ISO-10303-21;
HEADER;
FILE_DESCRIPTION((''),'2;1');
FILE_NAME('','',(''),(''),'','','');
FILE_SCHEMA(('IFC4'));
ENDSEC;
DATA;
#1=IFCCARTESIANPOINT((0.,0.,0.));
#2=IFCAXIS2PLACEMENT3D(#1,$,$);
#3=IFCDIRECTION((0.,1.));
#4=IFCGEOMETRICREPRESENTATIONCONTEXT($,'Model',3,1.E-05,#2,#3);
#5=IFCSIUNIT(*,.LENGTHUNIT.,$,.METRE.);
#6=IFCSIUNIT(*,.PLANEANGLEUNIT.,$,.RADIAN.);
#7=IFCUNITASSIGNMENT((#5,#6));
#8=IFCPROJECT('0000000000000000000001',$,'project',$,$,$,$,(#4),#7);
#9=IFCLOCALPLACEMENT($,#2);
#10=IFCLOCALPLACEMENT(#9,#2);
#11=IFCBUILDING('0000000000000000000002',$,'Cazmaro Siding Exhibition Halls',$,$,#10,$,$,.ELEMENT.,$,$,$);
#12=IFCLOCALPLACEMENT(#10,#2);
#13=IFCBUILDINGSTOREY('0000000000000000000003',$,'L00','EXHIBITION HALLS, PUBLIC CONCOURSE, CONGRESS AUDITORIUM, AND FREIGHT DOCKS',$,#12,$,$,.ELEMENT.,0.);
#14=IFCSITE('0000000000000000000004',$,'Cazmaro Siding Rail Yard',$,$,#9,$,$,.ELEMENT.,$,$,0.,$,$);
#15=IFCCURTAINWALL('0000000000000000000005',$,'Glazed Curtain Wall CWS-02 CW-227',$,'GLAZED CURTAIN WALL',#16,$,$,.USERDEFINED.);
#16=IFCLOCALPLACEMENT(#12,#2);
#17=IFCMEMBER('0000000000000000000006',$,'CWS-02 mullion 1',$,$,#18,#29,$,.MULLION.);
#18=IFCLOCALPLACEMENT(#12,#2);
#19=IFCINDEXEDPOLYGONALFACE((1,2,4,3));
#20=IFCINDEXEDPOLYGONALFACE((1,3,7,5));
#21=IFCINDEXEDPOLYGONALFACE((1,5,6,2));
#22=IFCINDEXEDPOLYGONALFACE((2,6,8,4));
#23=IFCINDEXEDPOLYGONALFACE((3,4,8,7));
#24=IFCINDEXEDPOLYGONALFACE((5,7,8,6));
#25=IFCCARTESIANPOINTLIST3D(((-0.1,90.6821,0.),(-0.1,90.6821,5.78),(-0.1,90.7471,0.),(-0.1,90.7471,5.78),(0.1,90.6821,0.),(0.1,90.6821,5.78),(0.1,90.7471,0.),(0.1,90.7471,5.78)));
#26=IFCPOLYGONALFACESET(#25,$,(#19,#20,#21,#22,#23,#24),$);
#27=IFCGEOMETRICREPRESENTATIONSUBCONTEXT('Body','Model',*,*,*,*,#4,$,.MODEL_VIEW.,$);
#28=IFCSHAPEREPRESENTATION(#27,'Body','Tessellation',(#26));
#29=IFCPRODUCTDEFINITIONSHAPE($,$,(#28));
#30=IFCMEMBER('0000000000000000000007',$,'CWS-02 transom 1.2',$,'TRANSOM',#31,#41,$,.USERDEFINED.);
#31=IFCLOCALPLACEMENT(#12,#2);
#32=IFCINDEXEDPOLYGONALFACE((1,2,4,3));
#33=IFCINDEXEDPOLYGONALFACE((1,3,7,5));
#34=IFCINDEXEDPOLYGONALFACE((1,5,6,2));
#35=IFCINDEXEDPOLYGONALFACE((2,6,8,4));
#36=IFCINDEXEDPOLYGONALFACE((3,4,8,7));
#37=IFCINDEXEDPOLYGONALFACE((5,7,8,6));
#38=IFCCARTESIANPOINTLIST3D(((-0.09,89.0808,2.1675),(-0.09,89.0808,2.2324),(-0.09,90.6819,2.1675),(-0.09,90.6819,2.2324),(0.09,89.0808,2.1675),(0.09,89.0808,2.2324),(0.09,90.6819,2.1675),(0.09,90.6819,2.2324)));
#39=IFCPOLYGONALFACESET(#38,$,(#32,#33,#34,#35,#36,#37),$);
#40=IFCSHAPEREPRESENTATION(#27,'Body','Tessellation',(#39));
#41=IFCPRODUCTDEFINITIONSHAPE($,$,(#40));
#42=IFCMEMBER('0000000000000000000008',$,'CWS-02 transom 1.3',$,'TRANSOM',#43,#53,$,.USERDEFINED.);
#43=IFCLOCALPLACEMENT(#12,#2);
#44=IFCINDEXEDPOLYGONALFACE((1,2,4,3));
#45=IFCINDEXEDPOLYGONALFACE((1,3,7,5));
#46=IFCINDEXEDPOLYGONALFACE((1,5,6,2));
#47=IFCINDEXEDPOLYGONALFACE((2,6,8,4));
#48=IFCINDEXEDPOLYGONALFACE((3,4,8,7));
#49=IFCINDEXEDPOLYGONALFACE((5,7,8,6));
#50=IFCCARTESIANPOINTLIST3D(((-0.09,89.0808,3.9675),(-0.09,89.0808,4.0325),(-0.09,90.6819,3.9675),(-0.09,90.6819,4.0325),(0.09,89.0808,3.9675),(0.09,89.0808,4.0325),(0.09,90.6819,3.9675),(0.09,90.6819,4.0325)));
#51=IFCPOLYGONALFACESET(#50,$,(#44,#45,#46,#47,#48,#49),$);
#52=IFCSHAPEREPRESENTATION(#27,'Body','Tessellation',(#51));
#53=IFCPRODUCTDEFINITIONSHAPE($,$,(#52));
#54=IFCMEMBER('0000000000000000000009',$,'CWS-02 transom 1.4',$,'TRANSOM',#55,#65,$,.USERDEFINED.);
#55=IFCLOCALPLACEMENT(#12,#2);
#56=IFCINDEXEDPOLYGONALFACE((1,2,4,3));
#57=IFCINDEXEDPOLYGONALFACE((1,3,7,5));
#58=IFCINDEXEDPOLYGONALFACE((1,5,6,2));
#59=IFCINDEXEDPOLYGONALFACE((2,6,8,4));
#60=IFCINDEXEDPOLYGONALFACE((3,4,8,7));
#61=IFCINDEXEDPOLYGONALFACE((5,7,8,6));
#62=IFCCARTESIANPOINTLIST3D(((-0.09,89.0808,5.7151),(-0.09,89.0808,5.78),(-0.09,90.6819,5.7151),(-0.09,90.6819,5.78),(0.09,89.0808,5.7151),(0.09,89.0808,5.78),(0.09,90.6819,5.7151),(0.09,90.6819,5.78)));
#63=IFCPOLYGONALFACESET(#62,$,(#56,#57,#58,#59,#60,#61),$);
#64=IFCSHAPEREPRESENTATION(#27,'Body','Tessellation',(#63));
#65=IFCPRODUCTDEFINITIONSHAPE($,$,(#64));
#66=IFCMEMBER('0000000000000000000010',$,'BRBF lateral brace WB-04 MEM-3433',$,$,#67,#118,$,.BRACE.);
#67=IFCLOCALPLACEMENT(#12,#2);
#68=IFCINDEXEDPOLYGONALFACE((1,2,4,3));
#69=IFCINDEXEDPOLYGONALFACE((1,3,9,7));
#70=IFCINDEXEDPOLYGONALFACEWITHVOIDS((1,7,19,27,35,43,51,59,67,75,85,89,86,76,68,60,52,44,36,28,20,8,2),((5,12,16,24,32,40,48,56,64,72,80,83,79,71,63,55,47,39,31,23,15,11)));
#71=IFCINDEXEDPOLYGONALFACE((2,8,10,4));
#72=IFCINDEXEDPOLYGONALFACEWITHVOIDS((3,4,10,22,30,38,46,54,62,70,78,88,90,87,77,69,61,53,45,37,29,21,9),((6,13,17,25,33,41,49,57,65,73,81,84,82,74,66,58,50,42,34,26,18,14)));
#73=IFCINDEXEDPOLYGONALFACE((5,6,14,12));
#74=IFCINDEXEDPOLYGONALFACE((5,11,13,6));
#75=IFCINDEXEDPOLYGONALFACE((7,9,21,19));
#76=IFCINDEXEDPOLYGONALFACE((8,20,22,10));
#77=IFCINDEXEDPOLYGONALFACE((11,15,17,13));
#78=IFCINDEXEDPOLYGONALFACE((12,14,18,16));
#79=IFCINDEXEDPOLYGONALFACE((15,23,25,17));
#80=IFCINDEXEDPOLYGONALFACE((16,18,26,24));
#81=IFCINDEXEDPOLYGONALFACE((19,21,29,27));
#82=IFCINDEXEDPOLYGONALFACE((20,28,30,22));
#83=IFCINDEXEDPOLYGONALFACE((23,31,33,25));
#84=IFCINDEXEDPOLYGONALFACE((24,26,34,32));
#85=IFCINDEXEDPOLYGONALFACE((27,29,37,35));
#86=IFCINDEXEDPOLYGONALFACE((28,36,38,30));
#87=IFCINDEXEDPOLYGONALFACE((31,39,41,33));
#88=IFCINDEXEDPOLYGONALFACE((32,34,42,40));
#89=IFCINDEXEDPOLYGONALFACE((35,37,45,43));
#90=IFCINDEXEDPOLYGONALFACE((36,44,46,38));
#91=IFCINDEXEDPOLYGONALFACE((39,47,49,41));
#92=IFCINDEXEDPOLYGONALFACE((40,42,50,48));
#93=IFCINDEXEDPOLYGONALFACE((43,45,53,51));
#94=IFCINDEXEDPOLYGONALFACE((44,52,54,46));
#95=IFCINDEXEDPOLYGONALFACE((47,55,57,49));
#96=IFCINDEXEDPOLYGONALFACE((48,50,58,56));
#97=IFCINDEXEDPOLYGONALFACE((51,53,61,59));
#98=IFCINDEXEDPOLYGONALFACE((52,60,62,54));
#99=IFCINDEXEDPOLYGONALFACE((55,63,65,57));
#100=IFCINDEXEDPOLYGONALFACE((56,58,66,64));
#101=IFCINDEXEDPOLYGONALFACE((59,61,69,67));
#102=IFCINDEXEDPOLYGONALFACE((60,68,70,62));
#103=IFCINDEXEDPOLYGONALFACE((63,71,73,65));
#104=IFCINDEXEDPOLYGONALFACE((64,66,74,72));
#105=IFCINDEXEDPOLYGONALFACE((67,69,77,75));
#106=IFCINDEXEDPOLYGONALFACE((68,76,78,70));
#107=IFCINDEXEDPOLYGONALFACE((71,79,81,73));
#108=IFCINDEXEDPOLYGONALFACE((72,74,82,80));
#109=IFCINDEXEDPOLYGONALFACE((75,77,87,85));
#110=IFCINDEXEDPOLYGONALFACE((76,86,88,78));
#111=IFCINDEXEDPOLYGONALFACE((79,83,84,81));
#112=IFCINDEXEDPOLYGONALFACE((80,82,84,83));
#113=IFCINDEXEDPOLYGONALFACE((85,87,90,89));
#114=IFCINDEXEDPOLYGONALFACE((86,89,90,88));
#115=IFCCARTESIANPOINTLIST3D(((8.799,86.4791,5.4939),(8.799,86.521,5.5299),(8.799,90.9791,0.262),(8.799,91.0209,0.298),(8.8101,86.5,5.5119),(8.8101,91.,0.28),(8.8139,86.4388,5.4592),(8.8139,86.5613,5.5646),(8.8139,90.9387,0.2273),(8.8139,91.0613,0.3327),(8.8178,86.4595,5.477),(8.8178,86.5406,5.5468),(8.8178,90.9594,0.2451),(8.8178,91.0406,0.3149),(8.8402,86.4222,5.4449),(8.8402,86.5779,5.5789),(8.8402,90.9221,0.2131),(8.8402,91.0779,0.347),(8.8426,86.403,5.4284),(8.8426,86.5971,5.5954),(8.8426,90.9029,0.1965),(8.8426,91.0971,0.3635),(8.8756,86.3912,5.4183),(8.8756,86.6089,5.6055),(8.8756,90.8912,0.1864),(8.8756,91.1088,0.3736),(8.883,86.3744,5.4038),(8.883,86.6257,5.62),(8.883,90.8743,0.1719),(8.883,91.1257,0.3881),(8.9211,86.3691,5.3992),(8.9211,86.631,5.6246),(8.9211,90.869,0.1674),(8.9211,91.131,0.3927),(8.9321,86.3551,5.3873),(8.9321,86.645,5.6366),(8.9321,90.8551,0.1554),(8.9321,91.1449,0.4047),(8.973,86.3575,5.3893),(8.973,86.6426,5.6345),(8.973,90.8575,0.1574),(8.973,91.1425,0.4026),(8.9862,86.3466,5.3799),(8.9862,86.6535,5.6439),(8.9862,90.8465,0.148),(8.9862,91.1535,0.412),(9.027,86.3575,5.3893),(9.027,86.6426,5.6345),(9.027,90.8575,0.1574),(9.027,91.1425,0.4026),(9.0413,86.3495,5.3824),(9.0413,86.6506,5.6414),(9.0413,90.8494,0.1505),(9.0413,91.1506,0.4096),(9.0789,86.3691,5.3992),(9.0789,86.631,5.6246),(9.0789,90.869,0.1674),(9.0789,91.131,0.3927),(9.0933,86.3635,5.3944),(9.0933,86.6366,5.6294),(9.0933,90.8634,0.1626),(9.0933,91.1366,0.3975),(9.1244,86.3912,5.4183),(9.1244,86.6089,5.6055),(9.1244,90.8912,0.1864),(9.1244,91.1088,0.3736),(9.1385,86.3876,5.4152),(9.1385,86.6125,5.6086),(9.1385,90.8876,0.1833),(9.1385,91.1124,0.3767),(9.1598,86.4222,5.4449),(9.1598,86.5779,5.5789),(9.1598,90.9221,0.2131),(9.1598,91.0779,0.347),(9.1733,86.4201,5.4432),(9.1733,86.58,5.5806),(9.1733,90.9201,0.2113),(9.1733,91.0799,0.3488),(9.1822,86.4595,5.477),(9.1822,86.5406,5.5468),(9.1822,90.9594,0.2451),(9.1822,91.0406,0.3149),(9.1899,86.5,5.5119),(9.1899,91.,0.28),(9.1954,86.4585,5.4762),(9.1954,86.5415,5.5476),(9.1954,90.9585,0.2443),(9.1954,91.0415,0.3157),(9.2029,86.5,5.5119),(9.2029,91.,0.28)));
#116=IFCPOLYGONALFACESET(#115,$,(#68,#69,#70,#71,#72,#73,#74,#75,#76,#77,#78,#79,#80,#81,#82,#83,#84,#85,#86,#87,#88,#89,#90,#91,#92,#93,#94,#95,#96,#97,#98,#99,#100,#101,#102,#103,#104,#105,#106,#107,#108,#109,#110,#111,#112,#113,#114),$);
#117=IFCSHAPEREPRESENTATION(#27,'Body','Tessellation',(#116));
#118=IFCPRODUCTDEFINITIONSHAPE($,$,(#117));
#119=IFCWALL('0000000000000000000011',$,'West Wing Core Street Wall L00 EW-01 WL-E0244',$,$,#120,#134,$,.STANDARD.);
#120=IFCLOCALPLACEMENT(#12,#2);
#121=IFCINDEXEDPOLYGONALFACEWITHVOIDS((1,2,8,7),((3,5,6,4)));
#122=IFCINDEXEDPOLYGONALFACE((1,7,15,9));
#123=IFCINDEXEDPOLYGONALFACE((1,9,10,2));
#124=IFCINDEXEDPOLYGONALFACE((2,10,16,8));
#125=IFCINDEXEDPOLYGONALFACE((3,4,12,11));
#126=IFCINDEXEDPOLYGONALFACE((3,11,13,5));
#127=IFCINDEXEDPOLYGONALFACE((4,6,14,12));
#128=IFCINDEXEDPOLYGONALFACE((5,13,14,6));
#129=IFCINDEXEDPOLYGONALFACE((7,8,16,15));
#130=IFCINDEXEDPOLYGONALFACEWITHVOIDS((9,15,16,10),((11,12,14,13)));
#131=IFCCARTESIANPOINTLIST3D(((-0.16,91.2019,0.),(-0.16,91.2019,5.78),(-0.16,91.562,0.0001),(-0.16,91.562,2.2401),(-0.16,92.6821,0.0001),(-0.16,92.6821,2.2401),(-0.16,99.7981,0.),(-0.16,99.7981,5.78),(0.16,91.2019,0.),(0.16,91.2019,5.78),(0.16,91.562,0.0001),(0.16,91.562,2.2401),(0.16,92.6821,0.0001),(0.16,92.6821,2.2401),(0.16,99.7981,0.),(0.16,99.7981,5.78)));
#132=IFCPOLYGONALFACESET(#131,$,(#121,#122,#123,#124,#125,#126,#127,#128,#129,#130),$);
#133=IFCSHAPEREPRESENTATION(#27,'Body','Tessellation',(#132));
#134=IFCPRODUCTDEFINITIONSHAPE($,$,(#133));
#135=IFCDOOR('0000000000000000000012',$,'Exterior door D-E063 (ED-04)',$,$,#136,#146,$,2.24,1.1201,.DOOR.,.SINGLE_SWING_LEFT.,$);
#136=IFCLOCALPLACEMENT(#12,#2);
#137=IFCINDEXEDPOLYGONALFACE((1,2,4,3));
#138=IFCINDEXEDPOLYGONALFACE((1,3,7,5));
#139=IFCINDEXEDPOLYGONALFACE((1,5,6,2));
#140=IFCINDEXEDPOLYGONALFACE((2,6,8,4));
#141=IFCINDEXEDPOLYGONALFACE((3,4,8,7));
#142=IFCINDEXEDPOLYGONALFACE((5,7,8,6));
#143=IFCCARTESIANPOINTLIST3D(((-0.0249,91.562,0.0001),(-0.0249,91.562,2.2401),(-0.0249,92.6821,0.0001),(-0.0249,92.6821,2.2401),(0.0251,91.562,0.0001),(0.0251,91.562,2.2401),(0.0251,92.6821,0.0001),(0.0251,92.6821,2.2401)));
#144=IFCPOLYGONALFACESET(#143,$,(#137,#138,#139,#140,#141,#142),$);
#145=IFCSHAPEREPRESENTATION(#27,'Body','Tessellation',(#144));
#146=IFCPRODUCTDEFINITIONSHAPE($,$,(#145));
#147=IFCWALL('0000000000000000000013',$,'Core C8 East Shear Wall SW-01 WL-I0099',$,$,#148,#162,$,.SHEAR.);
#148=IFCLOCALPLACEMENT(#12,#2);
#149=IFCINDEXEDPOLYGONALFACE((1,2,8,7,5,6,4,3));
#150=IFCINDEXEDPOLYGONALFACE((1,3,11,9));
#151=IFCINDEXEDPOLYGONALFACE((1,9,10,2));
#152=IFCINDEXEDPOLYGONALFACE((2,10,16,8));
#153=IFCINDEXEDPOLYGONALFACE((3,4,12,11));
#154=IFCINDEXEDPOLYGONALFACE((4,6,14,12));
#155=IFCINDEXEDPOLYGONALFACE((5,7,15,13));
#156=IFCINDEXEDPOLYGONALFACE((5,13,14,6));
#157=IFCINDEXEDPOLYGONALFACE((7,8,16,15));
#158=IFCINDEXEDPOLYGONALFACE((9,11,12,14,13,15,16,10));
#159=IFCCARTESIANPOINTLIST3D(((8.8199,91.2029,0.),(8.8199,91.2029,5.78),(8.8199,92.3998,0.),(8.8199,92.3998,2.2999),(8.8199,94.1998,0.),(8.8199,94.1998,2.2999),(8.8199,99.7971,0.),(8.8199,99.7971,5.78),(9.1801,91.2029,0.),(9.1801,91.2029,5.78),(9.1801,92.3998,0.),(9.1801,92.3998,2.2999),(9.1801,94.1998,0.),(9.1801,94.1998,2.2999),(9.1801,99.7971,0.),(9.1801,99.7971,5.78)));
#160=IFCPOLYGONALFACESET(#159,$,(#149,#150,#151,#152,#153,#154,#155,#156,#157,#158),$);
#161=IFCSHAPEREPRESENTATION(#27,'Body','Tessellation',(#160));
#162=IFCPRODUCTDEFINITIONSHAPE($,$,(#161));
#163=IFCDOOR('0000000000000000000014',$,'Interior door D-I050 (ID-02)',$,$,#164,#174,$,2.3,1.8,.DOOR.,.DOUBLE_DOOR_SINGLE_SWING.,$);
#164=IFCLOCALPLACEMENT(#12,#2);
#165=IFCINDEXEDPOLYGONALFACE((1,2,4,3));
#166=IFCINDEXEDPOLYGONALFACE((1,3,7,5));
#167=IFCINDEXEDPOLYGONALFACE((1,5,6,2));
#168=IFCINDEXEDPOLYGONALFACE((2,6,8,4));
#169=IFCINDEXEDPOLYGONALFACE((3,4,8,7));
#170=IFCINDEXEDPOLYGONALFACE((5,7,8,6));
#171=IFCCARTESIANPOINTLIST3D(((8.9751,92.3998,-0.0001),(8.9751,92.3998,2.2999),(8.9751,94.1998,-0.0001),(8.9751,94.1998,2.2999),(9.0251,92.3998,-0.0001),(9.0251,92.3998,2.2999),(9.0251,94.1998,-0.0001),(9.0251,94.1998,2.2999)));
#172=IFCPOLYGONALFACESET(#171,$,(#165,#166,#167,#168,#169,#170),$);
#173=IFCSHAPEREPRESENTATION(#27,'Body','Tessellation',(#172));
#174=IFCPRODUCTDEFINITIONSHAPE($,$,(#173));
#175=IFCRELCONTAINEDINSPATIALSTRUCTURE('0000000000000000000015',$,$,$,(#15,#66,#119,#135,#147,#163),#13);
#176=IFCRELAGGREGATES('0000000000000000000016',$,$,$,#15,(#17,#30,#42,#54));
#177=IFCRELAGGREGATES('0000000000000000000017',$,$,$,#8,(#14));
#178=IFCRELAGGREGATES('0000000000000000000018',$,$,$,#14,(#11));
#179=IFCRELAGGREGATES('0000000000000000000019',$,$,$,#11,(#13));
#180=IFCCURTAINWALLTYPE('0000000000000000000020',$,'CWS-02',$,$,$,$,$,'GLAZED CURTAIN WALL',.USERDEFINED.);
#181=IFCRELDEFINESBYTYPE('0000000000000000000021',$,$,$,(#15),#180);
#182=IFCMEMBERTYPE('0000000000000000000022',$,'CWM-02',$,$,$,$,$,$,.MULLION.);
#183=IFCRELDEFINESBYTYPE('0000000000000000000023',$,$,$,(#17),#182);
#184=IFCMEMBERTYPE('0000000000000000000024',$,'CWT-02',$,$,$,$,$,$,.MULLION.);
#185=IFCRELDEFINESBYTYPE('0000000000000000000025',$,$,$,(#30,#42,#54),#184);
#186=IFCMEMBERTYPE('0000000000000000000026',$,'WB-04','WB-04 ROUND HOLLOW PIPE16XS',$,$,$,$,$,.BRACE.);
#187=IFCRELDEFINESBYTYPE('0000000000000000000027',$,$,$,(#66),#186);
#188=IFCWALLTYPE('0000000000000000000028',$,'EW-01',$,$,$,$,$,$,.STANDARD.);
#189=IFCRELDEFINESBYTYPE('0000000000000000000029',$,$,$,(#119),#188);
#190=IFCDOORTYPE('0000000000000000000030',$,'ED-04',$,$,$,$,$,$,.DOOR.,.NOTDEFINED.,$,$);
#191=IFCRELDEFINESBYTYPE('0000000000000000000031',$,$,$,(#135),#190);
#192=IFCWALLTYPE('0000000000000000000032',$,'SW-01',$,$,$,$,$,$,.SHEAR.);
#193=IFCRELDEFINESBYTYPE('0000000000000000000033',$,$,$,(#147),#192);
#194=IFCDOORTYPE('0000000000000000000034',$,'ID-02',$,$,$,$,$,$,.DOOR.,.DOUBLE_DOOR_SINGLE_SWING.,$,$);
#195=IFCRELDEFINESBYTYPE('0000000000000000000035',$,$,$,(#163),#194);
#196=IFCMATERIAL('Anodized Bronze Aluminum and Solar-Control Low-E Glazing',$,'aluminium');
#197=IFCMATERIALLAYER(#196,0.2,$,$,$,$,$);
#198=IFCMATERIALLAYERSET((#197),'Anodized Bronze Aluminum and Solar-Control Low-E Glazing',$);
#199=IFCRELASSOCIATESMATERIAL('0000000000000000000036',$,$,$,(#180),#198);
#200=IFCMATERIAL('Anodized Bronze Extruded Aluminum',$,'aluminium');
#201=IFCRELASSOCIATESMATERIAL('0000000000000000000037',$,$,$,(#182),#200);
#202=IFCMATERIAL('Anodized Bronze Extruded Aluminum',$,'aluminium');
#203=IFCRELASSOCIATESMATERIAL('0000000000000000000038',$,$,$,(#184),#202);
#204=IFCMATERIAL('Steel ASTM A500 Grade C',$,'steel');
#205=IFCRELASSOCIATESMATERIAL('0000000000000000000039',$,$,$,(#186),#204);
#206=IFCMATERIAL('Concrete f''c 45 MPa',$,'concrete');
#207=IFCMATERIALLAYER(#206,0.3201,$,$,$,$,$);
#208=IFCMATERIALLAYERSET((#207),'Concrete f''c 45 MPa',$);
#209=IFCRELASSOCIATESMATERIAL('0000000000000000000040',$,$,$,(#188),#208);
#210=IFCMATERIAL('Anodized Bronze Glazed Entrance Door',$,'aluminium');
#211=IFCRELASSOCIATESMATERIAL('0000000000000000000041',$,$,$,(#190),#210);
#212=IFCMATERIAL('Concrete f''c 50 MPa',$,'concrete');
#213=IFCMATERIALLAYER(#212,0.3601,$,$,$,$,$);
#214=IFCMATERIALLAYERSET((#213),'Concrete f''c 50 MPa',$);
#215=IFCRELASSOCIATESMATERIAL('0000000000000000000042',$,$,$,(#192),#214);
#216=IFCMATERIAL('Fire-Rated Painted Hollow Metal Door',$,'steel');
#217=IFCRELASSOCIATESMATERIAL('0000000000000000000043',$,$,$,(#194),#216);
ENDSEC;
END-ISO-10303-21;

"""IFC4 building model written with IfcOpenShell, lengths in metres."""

from ifc_helpers import new_model, si_unit, direction, frame, frame_2d, origin, origin_2d, place, context, subcontext, project, spatial, rectangle, hollow_circle, extrude, material, layer, layer_set, material_profile, profile_set, type_object, element, fill, aggregate, save


model = new_model("IFC4")

# Units and contexts
model_context = context("Model", 3, precision=1e-05, world=origin(), true_north=direction((0.0, 1.0)))
body_context = subcontext(model_context, "Body", "Model", "MODEL_VIEW")
ifc_project = project(units=[si_unit("LENGTHUNIT", "METRE"), si_unit("PLANEANGLEUNIT", "RADIAN")], contexts=[model_context])

# Site, building, storey
site_placement = place(None, origin())
site = spatial("IfcSite", under=ifc_project, at=site_placement, Name="Cazmaro Siding Rail Yard", CompositionType="ELEMENT", RefElevation=0.0)
building_placement = place(site_placement, origin())
building = spatial("IfcBuilding", under=site, at=building_placement, Name="Cazmaro Siding Exhibition Halls", CompositionType="ELEMENT")
storey_placement = place(building_placement, origin())
storey = spatial("IfcBuildingStorey", under=building, at=storey_placement, Name="L00", Description="EXHIBITION HALLS, PUBLIC CONCOURSE, CONGRESS AUDITORIUM, AND FREIGHT DOCKS", CompositionType="ELEMENT", Elevation=0.0)

# Curtain wall, members
ifc_material_1 = material(Name="Anodized Bronze Aluminum and Solar-Control Low-E Glazing", Category="aluminium")
ifc_layer_1 = layer(ifc_material_1, 0.2)
ifc_layer_set_1 = layer_set([ifc_layer_1], Name="Anodized Bronze Aluminum and Solar-Control Low-E Glazing")
curtain_wall_type = type_object("IfcCurtainWallType", Name="CWS-02", ElementType="GLAZED CURTAIN WALL", PredefinedType="USERDEFINED", material=ifc_layer_set_1)
curtain_wall_placement = place(storey_placement, origin())
curtain_wall = element("IfcCurtainWall", 1, at=curtain_wall_placement, inside=storey, type_object=curtain_wall_type, Name="Glazed Curtain Wall CWS-02 CW-227", ObjectType="GLAZED CURTAIN WALL", PredefinedType="USERDEFINED")
ifc_material_2 = material(Name="Anodized Bronze Extruded Aluminum", Category="aluminium")
ifc_material_profile_1 = material_profile(ifc_material_2, rectangle(XDim=0.2, YDim=0.0649, at=origin_2d()), Name="CWM-02")
ifc_profile_set_1 = profile_set([ifc_material_profile_1], Name="Anodized Bronze Extruded Aluminum")
member_type_1 = type_object("IfcMemberType", Name="CWM-02", PredefinedType="MULLION", material=ifc_profile_set_1)
member_1_placement = place(storey_placement, frame((0.0, 90.7146, 0.0), z_axis=(0.0, 0.0, 1.0), x_axis=(1.0, 0.0, 0.0)))
member_1 = element("IfcMember", 2, at=member_1_placement, type_object=member_type_1, Name="CWS-02 mullion 1", PredefinedType="MULLION", context=body_context, shape_type="SweptSolid", body=[
    extrude(rectangle(XDim=0.2, YDim=0.0649, at=origin_2d()), origin(), (0.0, 0.0, 1.0), 5.78),
])
ifc_material_3 = material(Name="Anodized Bronze Extruded Aluminum", Category="aluminium")
ifc_material_profile_2 = material_profile(ifc_material_3, rectangle(XDim=0.1799, YDim=0.0649, at=origin_2d()), Name="CWT-02")
ifc_profile_set_2 = profile_set([ifc_material_profile_2], Name="Anodized Bronze Extruded Aluminum")
member_type_2 = type_object("IfcMemberType", Name="CWT-02", PredefinedType="MULLION", material=ifc_profile_set_2)
member_2_placement = place(storey_placement, frame((0.0, 90.6819, 2.2), z_axis=(0.0, -1.0, 0.0), x_axis=(1.0, 0.0, 0.0)))
member_2 = element("IfcMember", 3, at=member_2_placement, type_object=member_type_2, Name="CWS-02 transom 1.2", ObjectType="TRANSOM", PredefinedType="USERDEFINED", context=body_context, shape_type="SweptSolid", body=[
    extrude(rectangle(XDim=0.1799, YDim=0.0649, at=origin_2d()), origin(), (0.0, 0.0, 1.0), 1.6011),
])
member_3_placement = place(storey_placement, frame((0.0, 90.6819, 4.0), z_axis=(0.0, -1.0, 0.0), x_axis=(1.0, 0.0, 0.0)))
member_3 = element("IfcMember", 4, at=member_3_placement, type_object=member_type_2, Name="CWS-02 transom 1.3", ObjectType="TRANSOM", PredefinedType="USERDEFINED", context=body_context, shape_type="SweptSolid", body=[
    extrude(rectangle(XDim=0.1799, YDim=0.0649, at=origin_2d()), origin(), (0.0, 0.0, 1.0), 1.6011),
])
member_4_placement = place(storey_placement, frame((0.0, 90.6819, 5.7476), z_axis=(0.0, -1.0, 0.0), x_axis=(1.0, 0.0, 0.0)))
member_4 = element("IfcMember", 5, at=member_4_placement, type_object=member_type_2, Name="CWS-02 transom 1.4", ObjectType="TRANSOM", PredefinedType="USERDEFINED", context=body_context, shape_type="SweptSolid", body=[
    extrude(rectangle(XDim=0.1799, YDim=0.0649, at=origin_2d()), origin(), (0.0, 0.0, 1.0), 1.6011),
])
aggregate(curtain_wall, [member_1, member_2, member_3, member_4])

# Member
ifc_material_4 = material(Name="Steel ASTM A500 Grade C", Category="steel")
ifc_material_profile_3 = material_profile(ifc_material_4, hollow_circle(Radius=0.2029, WallThickness=0.0129, at=origin_2d()), Name="PIPE16XS")
ifc_profile_set_3 = profile_set([ifc_material_profile_3], Name="Steel ASTM A500 Grade C")
member_type_3 = type_object("IfcMemberType", Name="WB-04", Description="WB-04 ROUND HOLLOW PIPE16XS", PredefinedType="BRACE", material=ifc_profile_set_3)
member_5_placement = place(storey_placement, frame((9.0, 91.0, 0.28), z_axis=(0.0, -0.652084, 0.758147), x_axis=(1.0, 0.0, 0.0)))
element("IfcMember", 6, at=member_5_placement, inside=storey, type_object=member_type_3, Name="BRBF lateral brace WB-04 MEM-3433", PredefinedType="BRACE", context=body_context, shape_type="SweptSolid", body=[
    extrude(hollow_circle(Radius=0.2029, WallThickness=0.0129, at=origin_2d()), origin(), (0.0, 0.0, 1.0), 6.9009),
])

# Walls, openings, doors
ifc_material_5 = material(Name="Concrete f'c 45 MPa", Category="concrete")
ifc_layer_2 = layer(ifc_material_5, 0.3201)
ifc_layer_set_2 = layer_set([ifc_layer_2], Name="Concrete f'c 45 MPa")
wall_type_1 = type_object("IfcWallType", Name="EW-01", PredefinedType="STANDARD", material=ifc_layer_set_2)
wall_1_placement = place(storey_placement, frame((0.0, 91.2019, 0.0), z_axis=(0.0, 0.0, 1.0), x_axis=(0.0, 1.0, 0.0)))
wall_1 = element("IfcWall", 7, at=wall_1_placement, inside=storey, type_object=wall_type_1, Name="West Wing Core Street Wall L00 EW-01 WL-E0244", PredefinedType="STANDARD", context=body_context, shape_type="SweptSolid", body=[
    extrude(rectangle(XDim=8.5962, YDim=0.3201, at=frame_2d((4.2981, 0.0))), origin(), (0.0, 0.0, 1.0), 5.78),
])
opening_1_placement = place(wall_1_placement, frame((0.3601, 0.0, 0.0)))
opening_1 = element("IfcOpeningElement", 8, at=opening_1_placement, cuts=wall_1, PredefinedType="OPENING", context=body_context, shape_type="SweptSolid", body=[
    extrude(rectangle(XDim=1.1201, YDim=2.24, at=frame_2d((0.5601, 1.1201))), frame((0.0, 0.1699, 0.0), z_axis=(0.0, -1.0, 0.0), x_axis=(1.0, 0.0, 0.0)), (0.0, 0.0, 1.0), 0.3401),
])
ifc_material_6 = material(Name="Anodized Bronze Glazed Entrance Door", Category="aluminium")
door_type_1 = type_object("IfcDoorType", Name="ED-04", OperationType="NOTDEFINED", PredefinedType="DOOR", material=ifc_material_6)
door_1_placement = place(opening_1_placement, origin())
door_1 = element("IfcDoor", 9, at=door_1_placement, inside=storey, type_object=door_type_1, Name="Exterior door D-E063 (ED-04)", OperationType="SINGLE_SWING_LEFT", OverallHeight=2.24, OverallWidth=1.1201, PredefinedType="DOOR", context=body_context, shape_type="SweptSolid", body=[
    extrude(rectangle(XDim=1.1201, YDim=2.24, at=frame_2d((0.5601, 1.1201))), frame((0.0, 0.0249, 0.0), z_axis=(0.0, -1.0, 0.0), x_axis=(1.0, 0.0, 0.0)), (0.0, 0.0, 1.0), 0.05),
])
fill(opening_1, door_1)
ifc_material_7 = material(Name="Concrete f'c 50 MPa", Category="concrete")
ifc_layer_3 = layer(ifc_material_7, 0.3601)
ifc_layer_set_3 = layer_set([ifc_layer_3], Name="Concrete f'c 50 MPa")
wall_type_2 = type_object("IfcWallType", Name="SW-01", PredefinedType="SHEAR", material=ifc_layer_set_3)
wall_2_placement = place(storey_placement, frame((9.0, 91.2029, 0.0), z_axis=(0.0, 0.0, 1.0), x_axis=(0.0, 1.0, 0.0)))
wall_2 = element("IfcWall", 10, at=wall_2_placement, inside=storey, type_object=wall_type_2, Name="Core C8 East Shear Wall SW-01 WL-I0099", PredefinedType="SHEAR", context=body_context, shape_type="SweptSolid", body=[
    extrude(rectangle(XDim=8.5942, YDim=0.3601, at=frame_2d((4.2971, 0.0))), origin(), (0.0, 0.0, 1.0), 5.78),
])
opening_2_placement = place(wall_2_placement, frame((1.197, 0.0, 0.0)))
opening_2 = element("IfcOpeningElement", 11, at=opening_2_placement, cuts=wall_2, PredefinedType="OPENING", context=body_context, shape_type="SweptSolid", body=[
    extrude(rectangle(XDim=1.8, YDim=2.3, at=frame_2d((0.8999, 1.1499))), frame((0.0, 0.1899, 0.0), z_axis=(0.0, -1.0, 0.0), x_axis=(1.0, 0.0, 0.0)), (0.0, 0.0, 1.0), 0.3801),
])
ifc_material_8 = material(Name="Fire-Rated Painted Hollow Metal Door", Category="steel")
door_type_2 = type_object("IfcDoorType", Name="ID-02", OperationType="DOUBLE_DOOR_SINGLE_SWING", PredefinedType="DOOR", material=ifc_material_8)
door_2_placement = place(opening_2_placement, origin())
door_2 = element("IfcDoor", 12, at=door_2_placement, inside=storey, type_object=door_type_2, Name="Interior door D-I050 (ID-02)", OperationType="DOUBLE_DOOR_SINGLE_SWING", OverallHeight=2.3, OverallWidth=1.8, PredefinedType="DOOR", context=body_context, shape_type="SweptSolid", body=[
    extrude(rectangle(XDim=1.8, YDim=2.3, at=frame_2d((0.8999, 1.1499))), frame((0.0, 0.0249, 0.0), z_axis=(0.0, -1.0, 0.0), x_axis=(1.0, 0.0, 0.0)), (0.0, 0.0, 1.0), 0.05),
])
fill(opening_2, door_2)

save(model, "model.ifc")
